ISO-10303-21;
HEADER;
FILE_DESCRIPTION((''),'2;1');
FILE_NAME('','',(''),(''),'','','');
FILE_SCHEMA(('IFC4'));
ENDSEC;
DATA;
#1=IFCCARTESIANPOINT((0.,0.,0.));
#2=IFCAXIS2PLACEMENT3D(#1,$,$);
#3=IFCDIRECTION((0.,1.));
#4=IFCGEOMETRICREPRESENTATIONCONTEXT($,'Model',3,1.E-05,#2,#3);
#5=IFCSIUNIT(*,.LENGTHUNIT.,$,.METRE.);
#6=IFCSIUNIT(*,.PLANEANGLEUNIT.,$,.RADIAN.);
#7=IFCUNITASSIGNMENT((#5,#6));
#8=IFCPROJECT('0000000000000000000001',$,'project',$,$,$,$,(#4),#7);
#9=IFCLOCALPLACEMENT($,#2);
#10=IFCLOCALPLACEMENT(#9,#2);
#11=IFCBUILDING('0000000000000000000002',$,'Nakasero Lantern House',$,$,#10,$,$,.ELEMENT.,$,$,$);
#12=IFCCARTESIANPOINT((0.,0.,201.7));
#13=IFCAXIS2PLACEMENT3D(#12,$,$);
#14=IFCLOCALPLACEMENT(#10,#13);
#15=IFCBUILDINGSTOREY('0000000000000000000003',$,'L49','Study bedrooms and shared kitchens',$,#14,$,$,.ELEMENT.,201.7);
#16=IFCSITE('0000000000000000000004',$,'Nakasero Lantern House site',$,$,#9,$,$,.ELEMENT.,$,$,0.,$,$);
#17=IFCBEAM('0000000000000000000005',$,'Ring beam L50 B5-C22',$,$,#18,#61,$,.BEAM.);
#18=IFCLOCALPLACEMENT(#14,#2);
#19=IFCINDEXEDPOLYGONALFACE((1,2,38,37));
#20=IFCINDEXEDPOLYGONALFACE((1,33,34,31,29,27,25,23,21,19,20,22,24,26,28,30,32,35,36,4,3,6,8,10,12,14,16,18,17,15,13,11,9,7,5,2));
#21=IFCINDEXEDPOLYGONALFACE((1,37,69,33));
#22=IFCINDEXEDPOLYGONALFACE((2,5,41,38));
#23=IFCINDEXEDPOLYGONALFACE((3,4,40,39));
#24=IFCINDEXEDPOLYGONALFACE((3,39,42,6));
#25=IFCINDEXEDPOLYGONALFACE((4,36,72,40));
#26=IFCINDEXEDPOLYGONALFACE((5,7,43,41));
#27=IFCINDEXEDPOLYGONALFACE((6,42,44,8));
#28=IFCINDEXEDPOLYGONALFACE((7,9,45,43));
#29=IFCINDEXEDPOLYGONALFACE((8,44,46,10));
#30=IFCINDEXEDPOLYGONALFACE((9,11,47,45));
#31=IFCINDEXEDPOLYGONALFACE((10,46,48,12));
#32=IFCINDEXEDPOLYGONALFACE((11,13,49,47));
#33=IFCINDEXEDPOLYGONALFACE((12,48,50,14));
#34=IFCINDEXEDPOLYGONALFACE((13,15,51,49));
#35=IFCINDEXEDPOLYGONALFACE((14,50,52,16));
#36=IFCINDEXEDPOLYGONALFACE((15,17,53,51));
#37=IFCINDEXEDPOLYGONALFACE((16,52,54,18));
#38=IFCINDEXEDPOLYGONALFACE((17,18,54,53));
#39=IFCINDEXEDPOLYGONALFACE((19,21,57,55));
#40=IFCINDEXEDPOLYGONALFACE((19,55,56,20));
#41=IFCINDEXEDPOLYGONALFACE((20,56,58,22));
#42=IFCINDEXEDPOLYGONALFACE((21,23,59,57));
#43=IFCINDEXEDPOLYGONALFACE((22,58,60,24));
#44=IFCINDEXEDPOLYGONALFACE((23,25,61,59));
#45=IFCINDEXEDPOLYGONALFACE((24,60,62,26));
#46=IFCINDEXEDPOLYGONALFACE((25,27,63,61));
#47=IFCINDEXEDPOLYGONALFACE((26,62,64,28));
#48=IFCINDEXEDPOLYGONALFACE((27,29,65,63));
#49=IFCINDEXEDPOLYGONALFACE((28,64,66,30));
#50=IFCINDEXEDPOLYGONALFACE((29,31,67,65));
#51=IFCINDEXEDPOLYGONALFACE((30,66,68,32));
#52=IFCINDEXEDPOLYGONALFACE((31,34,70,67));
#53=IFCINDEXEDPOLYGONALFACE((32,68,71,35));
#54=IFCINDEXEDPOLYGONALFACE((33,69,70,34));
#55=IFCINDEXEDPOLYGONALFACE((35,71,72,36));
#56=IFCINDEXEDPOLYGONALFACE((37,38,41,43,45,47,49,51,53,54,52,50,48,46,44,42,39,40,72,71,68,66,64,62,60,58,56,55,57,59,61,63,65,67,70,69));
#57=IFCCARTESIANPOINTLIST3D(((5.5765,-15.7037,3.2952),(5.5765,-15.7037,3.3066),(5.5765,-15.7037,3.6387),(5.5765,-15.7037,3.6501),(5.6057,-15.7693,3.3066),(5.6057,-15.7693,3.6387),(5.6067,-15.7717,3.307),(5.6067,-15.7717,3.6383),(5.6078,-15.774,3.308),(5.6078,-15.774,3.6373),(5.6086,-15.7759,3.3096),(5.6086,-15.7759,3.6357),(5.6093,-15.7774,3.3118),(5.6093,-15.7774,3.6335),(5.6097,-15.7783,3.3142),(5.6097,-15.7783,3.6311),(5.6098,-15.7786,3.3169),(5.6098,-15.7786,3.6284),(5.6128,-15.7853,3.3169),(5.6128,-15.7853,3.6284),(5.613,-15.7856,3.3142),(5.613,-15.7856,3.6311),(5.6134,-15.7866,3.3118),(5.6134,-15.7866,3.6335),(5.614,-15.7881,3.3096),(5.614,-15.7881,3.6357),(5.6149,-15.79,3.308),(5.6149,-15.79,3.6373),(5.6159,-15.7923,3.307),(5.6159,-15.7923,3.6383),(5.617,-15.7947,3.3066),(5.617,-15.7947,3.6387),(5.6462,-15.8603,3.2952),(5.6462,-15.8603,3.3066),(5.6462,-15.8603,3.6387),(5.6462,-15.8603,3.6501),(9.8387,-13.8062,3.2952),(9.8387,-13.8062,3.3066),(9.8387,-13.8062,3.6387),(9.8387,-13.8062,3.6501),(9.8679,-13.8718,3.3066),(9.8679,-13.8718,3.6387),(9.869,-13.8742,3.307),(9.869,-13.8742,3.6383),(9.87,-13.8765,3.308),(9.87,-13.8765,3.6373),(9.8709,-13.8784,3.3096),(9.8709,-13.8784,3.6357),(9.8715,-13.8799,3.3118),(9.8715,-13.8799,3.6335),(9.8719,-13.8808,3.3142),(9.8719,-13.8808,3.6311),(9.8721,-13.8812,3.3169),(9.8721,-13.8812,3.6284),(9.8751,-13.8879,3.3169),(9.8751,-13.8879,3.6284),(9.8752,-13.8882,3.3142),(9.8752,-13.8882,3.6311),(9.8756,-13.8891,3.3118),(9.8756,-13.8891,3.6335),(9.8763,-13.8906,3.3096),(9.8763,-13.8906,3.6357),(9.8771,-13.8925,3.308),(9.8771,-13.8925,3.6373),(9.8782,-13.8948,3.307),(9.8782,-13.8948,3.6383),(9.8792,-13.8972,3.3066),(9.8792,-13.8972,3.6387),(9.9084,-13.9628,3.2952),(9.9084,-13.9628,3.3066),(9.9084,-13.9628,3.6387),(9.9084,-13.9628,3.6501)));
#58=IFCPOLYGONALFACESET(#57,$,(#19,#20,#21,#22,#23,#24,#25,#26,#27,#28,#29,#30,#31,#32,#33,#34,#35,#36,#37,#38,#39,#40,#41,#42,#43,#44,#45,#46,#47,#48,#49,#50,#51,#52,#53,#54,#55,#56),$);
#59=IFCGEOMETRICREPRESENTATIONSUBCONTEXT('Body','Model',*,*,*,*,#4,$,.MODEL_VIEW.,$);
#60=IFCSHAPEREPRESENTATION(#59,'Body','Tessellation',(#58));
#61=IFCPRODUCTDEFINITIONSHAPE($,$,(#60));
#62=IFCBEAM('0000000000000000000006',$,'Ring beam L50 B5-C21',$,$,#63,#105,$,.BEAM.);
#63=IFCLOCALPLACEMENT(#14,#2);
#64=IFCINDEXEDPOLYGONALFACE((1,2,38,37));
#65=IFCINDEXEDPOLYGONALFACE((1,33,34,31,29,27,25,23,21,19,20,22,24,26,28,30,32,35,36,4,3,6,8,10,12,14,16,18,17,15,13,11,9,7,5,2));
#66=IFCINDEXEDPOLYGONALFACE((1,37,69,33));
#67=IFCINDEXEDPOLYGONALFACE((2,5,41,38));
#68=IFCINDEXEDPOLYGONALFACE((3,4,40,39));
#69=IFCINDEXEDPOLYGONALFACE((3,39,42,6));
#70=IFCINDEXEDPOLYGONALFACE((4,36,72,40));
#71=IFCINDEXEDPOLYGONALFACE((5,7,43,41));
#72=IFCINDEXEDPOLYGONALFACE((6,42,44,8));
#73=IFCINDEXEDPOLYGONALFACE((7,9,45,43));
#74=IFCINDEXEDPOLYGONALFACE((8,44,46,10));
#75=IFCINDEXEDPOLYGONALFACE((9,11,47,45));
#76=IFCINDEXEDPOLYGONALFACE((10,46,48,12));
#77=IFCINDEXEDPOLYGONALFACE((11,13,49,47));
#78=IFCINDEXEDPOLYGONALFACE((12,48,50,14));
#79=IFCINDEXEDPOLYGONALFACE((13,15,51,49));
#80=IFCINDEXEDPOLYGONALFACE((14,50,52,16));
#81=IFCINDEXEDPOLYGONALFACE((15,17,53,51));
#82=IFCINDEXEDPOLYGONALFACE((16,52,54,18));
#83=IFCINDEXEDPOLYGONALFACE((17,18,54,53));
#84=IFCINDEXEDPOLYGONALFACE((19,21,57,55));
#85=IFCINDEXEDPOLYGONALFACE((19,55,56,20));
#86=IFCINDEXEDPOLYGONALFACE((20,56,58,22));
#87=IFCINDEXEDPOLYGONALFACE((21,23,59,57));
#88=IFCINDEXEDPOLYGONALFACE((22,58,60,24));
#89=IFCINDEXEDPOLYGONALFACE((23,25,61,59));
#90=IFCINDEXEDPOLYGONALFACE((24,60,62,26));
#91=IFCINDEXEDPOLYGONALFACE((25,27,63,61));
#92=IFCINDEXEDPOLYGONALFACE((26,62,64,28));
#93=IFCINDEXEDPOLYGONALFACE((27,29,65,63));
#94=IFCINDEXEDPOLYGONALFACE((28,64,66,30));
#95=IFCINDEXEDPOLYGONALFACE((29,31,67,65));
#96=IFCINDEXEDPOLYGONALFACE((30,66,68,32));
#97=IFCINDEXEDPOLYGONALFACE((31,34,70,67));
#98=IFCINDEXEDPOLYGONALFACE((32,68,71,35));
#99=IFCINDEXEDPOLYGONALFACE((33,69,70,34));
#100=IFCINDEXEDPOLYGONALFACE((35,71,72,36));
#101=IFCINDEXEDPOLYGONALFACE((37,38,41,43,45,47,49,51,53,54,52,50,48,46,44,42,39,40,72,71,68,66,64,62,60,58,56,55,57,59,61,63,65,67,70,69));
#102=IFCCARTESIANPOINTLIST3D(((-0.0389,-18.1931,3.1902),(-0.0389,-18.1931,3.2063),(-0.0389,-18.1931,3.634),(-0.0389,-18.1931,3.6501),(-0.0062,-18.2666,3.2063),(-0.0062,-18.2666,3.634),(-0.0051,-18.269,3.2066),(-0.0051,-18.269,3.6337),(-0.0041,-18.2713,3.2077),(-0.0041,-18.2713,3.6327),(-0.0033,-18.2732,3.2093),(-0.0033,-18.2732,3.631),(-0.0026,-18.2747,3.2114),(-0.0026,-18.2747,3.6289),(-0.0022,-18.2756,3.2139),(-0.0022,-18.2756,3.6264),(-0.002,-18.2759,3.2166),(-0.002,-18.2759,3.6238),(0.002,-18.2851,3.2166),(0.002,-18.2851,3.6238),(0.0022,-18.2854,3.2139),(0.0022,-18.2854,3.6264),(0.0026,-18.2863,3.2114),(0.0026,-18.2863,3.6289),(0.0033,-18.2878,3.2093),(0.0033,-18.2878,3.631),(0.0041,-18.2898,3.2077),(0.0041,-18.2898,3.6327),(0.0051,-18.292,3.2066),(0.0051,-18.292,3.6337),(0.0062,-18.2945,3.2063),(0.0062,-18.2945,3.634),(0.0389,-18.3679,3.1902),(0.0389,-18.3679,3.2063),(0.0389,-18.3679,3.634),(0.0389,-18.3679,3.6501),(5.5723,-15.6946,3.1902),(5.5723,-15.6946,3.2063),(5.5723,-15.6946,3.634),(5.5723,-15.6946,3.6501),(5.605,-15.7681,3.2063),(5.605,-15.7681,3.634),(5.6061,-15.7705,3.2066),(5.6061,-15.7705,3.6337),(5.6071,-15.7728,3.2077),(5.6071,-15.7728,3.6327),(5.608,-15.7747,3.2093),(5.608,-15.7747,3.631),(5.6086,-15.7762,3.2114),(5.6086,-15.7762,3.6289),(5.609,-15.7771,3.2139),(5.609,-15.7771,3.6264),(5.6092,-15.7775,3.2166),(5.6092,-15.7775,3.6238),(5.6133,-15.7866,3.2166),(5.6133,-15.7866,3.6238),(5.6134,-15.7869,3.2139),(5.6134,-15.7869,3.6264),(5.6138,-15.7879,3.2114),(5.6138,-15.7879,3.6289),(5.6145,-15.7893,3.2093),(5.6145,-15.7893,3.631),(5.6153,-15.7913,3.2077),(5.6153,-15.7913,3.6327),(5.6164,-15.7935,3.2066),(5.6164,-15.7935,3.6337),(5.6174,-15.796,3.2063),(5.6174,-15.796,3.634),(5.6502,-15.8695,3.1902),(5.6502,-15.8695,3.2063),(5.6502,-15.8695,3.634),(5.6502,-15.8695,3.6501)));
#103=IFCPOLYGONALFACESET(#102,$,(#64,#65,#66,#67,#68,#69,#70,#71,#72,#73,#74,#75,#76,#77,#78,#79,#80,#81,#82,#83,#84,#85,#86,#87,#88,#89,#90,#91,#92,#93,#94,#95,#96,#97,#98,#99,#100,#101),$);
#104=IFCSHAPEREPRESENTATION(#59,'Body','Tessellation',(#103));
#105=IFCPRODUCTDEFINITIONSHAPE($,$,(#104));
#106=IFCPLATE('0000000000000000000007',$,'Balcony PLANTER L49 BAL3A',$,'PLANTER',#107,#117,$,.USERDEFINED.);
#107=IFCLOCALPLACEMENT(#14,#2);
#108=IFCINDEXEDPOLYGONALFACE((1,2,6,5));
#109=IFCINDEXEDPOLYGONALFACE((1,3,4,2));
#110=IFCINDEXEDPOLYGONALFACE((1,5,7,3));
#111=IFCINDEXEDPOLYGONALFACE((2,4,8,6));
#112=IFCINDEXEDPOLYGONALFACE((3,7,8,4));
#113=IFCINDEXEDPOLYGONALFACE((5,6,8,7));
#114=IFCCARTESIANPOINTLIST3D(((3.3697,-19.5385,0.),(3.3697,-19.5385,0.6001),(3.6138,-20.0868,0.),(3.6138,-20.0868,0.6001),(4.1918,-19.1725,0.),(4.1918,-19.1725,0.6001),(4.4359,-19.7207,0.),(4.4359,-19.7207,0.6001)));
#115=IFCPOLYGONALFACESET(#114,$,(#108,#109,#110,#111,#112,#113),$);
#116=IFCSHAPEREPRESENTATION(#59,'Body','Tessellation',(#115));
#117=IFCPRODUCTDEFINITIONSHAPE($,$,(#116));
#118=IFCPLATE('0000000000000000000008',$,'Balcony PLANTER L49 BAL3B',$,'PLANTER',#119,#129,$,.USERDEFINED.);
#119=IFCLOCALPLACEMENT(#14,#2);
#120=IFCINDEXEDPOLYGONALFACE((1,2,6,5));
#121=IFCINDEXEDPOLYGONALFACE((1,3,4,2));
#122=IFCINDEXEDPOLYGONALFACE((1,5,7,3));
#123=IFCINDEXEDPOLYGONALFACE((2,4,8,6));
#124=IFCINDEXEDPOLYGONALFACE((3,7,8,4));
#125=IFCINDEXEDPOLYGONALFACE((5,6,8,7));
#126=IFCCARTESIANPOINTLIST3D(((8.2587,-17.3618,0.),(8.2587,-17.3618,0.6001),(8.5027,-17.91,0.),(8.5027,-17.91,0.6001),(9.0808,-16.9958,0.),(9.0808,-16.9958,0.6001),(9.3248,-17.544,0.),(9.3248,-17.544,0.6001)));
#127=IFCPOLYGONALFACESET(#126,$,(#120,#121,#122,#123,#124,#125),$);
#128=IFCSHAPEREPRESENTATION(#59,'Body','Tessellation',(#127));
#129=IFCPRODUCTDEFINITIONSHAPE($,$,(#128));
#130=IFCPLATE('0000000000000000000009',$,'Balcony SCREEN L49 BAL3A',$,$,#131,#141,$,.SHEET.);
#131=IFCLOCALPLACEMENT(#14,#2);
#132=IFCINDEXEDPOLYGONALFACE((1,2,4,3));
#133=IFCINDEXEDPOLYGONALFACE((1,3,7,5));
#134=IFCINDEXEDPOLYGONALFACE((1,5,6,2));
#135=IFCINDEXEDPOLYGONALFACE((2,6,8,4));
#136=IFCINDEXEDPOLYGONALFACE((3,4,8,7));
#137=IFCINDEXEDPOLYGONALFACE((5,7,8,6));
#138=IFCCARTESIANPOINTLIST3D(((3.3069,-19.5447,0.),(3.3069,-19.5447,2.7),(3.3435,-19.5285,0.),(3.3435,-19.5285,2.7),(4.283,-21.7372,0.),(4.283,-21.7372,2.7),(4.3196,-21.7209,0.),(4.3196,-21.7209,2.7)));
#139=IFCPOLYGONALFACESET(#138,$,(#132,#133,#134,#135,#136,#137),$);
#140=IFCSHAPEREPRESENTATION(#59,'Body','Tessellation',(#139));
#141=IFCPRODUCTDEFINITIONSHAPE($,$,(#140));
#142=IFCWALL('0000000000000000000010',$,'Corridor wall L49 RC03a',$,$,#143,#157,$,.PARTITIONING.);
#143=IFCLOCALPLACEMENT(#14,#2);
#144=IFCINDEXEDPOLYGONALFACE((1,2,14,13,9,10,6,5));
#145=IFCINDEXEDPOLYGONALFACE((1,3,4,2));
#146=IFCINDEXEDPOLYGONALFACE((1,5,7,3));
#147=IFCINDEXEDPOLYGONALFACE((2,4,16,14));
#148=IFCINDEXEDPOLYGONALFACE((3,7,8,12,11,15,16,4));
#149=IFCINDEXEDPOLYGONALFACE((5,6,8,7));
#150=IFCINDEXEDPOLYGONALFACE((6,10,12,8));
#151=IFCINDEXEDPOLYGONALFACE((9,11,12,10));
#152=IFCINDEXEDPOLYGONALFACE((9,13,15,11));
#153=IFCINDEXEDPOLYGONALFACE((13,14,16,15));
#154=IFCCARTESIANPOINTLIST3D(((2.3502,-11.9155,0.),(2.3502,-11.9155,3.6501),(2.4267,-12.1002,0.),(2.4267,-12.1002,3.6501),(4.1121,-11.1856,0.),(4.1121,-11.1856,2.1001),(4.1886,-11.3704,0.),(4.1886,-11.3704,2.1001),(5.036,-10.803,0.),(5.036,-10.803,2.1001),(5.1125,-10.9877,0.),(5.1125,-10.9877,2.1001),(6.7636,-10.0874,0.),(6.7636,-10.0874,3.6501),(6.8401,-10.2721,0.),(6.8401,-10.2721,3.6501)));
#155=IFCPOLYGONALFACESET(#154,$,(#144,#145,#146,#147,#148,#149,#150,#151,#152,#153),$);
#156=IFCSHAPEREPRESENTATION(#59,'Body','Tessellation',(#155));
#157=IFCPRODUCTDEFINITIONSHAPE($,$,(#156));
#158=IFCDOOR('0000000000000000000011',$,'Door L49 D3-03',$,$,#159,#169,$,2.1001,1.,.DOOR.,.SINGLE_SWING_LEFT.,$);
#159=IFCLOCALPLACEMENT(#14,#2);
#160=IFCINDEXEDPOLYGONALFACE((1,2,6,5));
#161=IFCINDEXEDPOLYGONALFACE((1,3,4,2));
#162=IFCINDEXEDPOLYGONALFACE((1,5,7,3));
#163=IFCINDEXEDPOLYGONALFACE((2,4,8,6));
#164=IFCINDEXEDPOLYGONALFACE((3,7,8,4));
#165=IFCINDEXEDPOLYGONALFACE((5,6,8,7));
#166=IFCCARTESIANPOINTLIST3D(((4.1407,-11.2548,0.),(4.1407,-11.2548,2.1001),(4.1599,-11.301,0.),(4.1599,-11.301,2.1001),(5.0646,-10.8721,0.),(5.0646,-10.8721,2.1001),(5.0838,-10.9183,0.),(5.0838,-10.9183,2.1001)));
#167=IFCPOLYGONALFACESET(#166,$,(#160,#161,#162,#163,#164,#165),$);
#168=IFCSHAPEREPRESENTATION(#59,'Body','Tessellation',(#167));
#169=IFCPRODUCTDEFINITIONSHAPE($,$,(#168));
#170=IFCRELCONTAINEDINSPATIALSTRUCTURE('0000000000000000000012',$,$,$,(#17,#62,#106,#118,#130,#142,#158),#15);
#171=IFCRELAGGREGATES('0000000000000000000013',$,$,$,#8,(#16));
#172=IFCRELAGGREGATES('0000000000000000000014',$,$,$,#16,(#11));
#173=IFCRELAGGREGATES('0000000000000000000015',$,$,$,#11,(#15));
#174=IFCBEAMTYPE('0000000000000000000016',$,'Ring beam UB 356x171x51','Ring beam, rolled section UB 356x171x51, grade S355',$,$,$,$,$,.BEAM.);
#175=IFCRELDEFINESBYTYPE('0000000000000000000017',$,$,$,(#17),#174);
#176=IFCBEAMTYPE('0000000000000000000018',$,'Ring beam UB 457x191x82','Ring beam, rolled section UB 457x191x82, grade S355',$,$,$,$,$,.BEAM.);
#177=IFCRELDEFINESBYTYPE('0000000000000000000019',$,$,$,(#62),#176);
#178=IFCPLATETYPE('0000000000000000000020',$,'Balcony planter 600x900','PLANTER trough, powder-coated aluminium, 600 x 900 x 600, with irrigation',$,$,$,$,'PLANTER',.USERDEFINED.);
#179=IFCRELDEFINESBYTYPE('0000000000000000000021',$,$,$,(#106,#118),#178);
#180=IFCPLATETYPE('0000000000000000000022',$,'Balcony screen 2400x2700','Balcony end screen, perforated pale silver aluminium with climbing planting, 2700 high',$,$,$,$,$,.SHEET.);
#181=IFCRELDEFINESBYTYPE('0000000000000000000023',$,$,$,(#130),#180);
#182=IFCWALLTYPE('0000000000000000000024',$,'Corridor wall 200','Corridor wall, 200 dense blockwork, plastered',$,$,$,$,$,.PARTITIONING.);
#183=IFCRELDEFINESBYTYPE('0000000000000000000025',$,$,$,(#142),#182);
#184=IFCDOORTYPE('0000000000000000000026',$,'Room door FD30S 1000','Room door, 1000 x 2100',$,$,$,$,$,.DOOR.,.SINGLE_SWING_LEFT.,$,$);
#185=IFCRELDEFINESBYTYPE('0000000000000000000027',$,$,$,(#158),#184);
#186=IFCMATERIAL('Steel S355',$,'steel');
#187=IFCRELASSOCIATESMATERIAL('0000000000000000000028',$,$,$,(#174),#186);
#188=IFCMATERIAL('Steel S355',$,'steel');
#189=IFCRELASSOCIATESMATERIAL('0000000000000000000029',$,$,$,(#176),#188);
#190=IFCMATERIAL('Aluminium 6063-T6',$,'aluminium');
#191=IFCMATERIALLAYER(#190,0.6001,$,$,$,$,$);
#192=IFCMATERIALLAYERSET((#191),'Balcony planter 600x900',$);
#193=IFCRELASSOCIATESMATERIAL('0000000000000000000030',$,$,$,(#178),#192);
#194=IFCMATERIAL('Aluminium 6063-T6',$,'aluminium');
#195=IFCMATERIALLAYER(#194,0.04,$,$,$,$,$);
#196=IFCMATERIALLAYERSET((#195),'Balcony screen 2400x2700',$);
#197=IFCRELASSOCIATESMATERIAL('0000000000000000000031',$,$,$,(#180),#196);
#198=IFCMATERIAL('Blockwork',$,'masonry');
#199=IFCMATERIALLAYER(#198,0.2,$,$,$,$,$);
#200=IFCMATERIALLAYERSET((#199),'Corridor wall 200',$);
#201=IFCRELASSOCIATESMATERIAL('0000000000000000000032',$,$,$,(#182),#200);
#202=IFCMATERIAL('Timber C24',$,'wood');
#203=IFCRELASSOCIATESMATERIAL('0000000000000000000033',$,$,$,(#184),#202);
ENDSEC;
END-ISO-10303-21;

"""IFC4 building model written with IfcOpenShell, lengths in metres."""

from ifc_helpers import new_model, si_unit, direction, frame, frame_2d, origin, origin_2d, place, context, subcontext, project, spatial, rectangle, i_section, extrude, material, layer, layer_set, material_profile, profile_set, type_object, element, fill, save


model = new_model("IFC4")

# Units and contexts
model_context = context("Model", 3, precision=1e-05, world=origin(), true_north=direction((0.0, 1.0)))
body_context = subcontext(model_context, "Body", "Model", "MODEL_VIEW")
ifc_project = project(units=[si_unit("LENGTHUNIT", "METRE"), si_unit("PLANEANGLEUNIT", "RADIAN")], contexts=[model_context])

# Site, building, storey
site_placement = place(None, origin())
site = spatial("IfcSite", under=ifc_project, at=site_placement, Name="Nakasero Lantern House site", CompositionType="ELEMENT", RefElevation=0.0)
building_placement = place(site_placement, origin())
building = spatial("IfcBuilding", under=site, at=building_placement, Name="Nakasero Lantern House", CompositionType="ELEMENT")
storey_placement = place(building_placement, frame((0.0, 0.0, 201.7)))
storey = spatial("IfcBuildingStorey", under=building, at=storey_placement, Name="L49", Description="Study bedrooms and shared kitchens", CompositionType="ELEMENT", Elevation=201.7)

# Beams
ifc_material_1 = material(Name="Steel S355", Category="steel")
ifc_material_profile_1 = material_profile(ifc_material_1, i_section(OverallWidth=0.1714, OverallDepth=0.355, WebThickness=0.0073, FlangeThickness=0.0115, FilletRadius=0.0103, at=origin_2d()), Name="UB 356x171x51")
ifc_profile_set_1 = profile_set([ifc_material_profile_1], Name="Steel S355")
beam_type_1 = type_object("IfcBeamType", Name="Ring beam UB 356x171x51", Description="Ring beam, rolled section UB 356x171x51, grade S355", PredefinedType="BEAM", material=ifc_profile_set_1)
beam_1_placement = place(storey_placement, frame((5.6113, -15.782, 3.4727), z_axis=(0.913561, 0.406702, 0.0), x_axis=(-0.406702, 0.913561, 0.0)))
element("IfcBeam", 1, at=beam_1_placement, inside=storey, type_object=beam_type_1, Name="Ring beam L50 B5-C22", PredefinedType="BEAM", context=body_context, shape_type="SweptSolid", body=[
    extrude(i_section(OverallWidth=0.1714, OverallDepth=0.355, WebThickness=0.0073, FlangeThickness=0.0115, FilletRadius=0.0103, at=origin_2d()), origin(), (0.0, 0.0, 1.0), 4.6655),
])
ifc_material_2 = material(Name="Steel S355", Category="steel")
ifc_material_profile_2 = material_profile(ifc_material_2, i_section(OverallWidth=0.1914, OverallDepth=0.46, WebThickness=0.01, FlangeThickness=0.0161, FilletRadius=0.0103, at=origin_2d()), Name="UB 457x191x82")
ifc_profile_set_2 = profile_set([ifc_material_profile_2], Name="Steel S355")
beam_type_2 = type_object("IfcBeamType", Name="Ring beam UB 457x191x82", Description="Ring beam, rolled section UB 457x191x82, grade S355", PredefinedType="BEAM", material=ifc_profile_set_2)
beam_2_placement = place(storey_placement, frame((0.0, -18.2805, 3.4202), z_axis=(0.913533, 0.406765, 0.0), x_axis=(-0.406765, 0.913533, 0.0)))
element("IfcBeam", 2, at=beam_2_placement, inside=storey, type_object=beam_type_2, Name="Ring beam L50 B5-C21", PredefinedType="BEAM", context=body_context, shape_type="SweptSolid", body=[
    extrude(i_section(OverallWidth=0.1914, OverallDepth=0.46, WebThickness=0.01, FlangeThickness=0.0161, FilletRadius=0.0103, at=origin_2d()), origin(), (0.0, 0.0, 1.0), 6.1423),
])

# Plates
ifc_material_3 = material(Name="Aluminium 6063-T6", Category="aluminium")
ifc_layer_1 = layer(ifc_material_3, 0.6001)
ifc_layer_set_1 = layer_set([ifc_layer_1], Name="Balcony planter 600x900")
plate_type_1 = type_object("IfcPlateType", Name="Balcony planter 600x900", Description="PLANTER trough, powder-coated aluminium, 600 x 900 x 600, with irrigation", ElementType="PLANTER", PredefinedType="USERDEFINED", material=ifc_layer_set_1)
for number, where, z_axis, x_axis, name in (
    (3, (3.9028, -19.6296, 0.0), (0.0, 0.0, 1.0), (0.406737, -0.913545, 0.0), "Balcony PLANTER L49 BAL3A"),
    (4, (8.7917, -17.4529, 0.0), (0.0, 0.0, 1.0), (0.406737, -0.913545, 0.0), "Balcony PLANTER L49 BAL3B"),
):
    element("IfcPlate", number, at=place(storey_placement, frame(where, z_axis=z_axis, x_axis=x_axis)), inside=storey, type_object=plate_type_1, Name=name, ObjectType="PLANTER", PredefinedType="USERDEFINED", context=body_context, shape_type="SweptSolid", body=[
        extrude(rectangle(XDim=0.6001, YDim=0.8999, at=origin_2d()), origin(), (0.0, 0.0, 1.0), 0.6001),
    ])
ifc_material_4 = material(Name="Aluminium 6063-T6", Category="aluminium")
ifc_layer_2 = layer(ifc_material_4, 0.04)
ifc_layer_set_2 = layer_set([ifc_layer_2], Name="Balcony screen 2400x2700")
plate_type_2 = type_object("IfcPlateType", Name="Balcony screen 2400x2700", Description="Balcony end screen, perforated pale silver aluminium with climbing planting, 2700 high", PredefinedType="SHEET", material=ifc_layer_set_2)
plate_placement = place(storey_placement, frame((3.8132, -20.6328, 0.0), z_axis=(0.0, 0.0, 1.0), x_axis=(0.406737, -0.913545, 0.0)))
element("IfcPlate", 5, at=plate_placement, inside=storey, type_object=plate_type_2, Name="Balcony SCREEN L49 BAL3A", PredefinedType="SHEET", context=body_context, shape_type="SweptSolid", body=[
    extrude(rectangle(XDim=2.3999, YDim=0.04, at=origin_2d()), origin(), (0.0, 0.0, 1.0), 2.7),
])

# Wall, opening, door
ifc_material_5 = material(Name="Blockwork", Category="masonry")
ifc_layer_3 = layer(ifc_material_5, 0.2)
ifc_layer_set_3 = layer_set([ifc_layer_3], Name="Corridor wall 200")
wall_type_1 = type_object("IfcWallType", Name="Corridor wall 200", Description="Corridor wall, 200 dense blockwork, plastered", PredefinedType="PARTITIONING", material=ifc_layer_set_3)
wall_1_placement = place(storey_placement, frame((6.802, -10.1797, 0.0), z_axis=(0.0, 0.0, 1.0), x_axis=(-0.923882, -0.382677, 0.0)))
wall_1 = element("IfcWall", 6, at=wall_1_placement, inside=storey, type_object=wall_type_1, Name="Corridor wall L49 RC03a", PredefinedType="PARTITIONING", context=body_context, shape_type="SweptSolid", body=[
    extrude(rectangle(XDim=4.7771, YDim=0.2, at=frame_2d((2.3887, 0.0))), origin(), (0.0, 0.0, 1.0), 3.6501),
])
opening_1_placement = place(wall_1_placement, frame((1.8701, 0.0, 0.0)))
opening_1 = element("IfcOpeningElement", 7, at=opening_1_placement, cuts=wall_1, PredefinedType="OPENING", context=body_context, shape_type="SweptSolid", body=[
    extrude(rectangle(XDim=1.0, YDim=2.1001, at=frame_2d((0.5, 1.05))), frame((0.0, 0.1199, 0.0), z_axis=(0.0, -1.0, 0.0), x_axis=(1.0, 0.0, 0.0)), (0.0, 0.0, 1.0), 0.24),
])
ifc_material_6 = material(Name="Timber C24", Category="wood")
door_type_1 = type_object("IfcDoorType", Name="Room door FD30S 1000", Description="Room door, 1000 x 2100", OperationType="SINGLE_SWING_LEFT", PredefinedType="DOOR", material=ifc_material_6)
door_1_placement = place(opening_1_placement, origin())
door_1 = element("IfcDoor", 8, at=door_1_placement, inside=storey, type_object=door_type_1, Name="Door L49 D3-03", OperationType="SINGLE_SWING_LEFT", OverallHeight=2.1001, OverallWidth=1.0, PredefinedType="DOOR", context=body_context, shape_type="SweptSolid", body=[
    extrude(rectangle(XDim=1.0, YDim=2.1001, at=frame_2d((0.5, 1.05))), frame((0.0, 0.0249, 0.0), z_axis=(0.0, -1.0, 0.0), x_axis=(1.0, 0.0, 0.0)), (0.0, 0.0, 1.0), 0.05),
])
fill(opening_1, door_1)

save(model, "model.ifc")
